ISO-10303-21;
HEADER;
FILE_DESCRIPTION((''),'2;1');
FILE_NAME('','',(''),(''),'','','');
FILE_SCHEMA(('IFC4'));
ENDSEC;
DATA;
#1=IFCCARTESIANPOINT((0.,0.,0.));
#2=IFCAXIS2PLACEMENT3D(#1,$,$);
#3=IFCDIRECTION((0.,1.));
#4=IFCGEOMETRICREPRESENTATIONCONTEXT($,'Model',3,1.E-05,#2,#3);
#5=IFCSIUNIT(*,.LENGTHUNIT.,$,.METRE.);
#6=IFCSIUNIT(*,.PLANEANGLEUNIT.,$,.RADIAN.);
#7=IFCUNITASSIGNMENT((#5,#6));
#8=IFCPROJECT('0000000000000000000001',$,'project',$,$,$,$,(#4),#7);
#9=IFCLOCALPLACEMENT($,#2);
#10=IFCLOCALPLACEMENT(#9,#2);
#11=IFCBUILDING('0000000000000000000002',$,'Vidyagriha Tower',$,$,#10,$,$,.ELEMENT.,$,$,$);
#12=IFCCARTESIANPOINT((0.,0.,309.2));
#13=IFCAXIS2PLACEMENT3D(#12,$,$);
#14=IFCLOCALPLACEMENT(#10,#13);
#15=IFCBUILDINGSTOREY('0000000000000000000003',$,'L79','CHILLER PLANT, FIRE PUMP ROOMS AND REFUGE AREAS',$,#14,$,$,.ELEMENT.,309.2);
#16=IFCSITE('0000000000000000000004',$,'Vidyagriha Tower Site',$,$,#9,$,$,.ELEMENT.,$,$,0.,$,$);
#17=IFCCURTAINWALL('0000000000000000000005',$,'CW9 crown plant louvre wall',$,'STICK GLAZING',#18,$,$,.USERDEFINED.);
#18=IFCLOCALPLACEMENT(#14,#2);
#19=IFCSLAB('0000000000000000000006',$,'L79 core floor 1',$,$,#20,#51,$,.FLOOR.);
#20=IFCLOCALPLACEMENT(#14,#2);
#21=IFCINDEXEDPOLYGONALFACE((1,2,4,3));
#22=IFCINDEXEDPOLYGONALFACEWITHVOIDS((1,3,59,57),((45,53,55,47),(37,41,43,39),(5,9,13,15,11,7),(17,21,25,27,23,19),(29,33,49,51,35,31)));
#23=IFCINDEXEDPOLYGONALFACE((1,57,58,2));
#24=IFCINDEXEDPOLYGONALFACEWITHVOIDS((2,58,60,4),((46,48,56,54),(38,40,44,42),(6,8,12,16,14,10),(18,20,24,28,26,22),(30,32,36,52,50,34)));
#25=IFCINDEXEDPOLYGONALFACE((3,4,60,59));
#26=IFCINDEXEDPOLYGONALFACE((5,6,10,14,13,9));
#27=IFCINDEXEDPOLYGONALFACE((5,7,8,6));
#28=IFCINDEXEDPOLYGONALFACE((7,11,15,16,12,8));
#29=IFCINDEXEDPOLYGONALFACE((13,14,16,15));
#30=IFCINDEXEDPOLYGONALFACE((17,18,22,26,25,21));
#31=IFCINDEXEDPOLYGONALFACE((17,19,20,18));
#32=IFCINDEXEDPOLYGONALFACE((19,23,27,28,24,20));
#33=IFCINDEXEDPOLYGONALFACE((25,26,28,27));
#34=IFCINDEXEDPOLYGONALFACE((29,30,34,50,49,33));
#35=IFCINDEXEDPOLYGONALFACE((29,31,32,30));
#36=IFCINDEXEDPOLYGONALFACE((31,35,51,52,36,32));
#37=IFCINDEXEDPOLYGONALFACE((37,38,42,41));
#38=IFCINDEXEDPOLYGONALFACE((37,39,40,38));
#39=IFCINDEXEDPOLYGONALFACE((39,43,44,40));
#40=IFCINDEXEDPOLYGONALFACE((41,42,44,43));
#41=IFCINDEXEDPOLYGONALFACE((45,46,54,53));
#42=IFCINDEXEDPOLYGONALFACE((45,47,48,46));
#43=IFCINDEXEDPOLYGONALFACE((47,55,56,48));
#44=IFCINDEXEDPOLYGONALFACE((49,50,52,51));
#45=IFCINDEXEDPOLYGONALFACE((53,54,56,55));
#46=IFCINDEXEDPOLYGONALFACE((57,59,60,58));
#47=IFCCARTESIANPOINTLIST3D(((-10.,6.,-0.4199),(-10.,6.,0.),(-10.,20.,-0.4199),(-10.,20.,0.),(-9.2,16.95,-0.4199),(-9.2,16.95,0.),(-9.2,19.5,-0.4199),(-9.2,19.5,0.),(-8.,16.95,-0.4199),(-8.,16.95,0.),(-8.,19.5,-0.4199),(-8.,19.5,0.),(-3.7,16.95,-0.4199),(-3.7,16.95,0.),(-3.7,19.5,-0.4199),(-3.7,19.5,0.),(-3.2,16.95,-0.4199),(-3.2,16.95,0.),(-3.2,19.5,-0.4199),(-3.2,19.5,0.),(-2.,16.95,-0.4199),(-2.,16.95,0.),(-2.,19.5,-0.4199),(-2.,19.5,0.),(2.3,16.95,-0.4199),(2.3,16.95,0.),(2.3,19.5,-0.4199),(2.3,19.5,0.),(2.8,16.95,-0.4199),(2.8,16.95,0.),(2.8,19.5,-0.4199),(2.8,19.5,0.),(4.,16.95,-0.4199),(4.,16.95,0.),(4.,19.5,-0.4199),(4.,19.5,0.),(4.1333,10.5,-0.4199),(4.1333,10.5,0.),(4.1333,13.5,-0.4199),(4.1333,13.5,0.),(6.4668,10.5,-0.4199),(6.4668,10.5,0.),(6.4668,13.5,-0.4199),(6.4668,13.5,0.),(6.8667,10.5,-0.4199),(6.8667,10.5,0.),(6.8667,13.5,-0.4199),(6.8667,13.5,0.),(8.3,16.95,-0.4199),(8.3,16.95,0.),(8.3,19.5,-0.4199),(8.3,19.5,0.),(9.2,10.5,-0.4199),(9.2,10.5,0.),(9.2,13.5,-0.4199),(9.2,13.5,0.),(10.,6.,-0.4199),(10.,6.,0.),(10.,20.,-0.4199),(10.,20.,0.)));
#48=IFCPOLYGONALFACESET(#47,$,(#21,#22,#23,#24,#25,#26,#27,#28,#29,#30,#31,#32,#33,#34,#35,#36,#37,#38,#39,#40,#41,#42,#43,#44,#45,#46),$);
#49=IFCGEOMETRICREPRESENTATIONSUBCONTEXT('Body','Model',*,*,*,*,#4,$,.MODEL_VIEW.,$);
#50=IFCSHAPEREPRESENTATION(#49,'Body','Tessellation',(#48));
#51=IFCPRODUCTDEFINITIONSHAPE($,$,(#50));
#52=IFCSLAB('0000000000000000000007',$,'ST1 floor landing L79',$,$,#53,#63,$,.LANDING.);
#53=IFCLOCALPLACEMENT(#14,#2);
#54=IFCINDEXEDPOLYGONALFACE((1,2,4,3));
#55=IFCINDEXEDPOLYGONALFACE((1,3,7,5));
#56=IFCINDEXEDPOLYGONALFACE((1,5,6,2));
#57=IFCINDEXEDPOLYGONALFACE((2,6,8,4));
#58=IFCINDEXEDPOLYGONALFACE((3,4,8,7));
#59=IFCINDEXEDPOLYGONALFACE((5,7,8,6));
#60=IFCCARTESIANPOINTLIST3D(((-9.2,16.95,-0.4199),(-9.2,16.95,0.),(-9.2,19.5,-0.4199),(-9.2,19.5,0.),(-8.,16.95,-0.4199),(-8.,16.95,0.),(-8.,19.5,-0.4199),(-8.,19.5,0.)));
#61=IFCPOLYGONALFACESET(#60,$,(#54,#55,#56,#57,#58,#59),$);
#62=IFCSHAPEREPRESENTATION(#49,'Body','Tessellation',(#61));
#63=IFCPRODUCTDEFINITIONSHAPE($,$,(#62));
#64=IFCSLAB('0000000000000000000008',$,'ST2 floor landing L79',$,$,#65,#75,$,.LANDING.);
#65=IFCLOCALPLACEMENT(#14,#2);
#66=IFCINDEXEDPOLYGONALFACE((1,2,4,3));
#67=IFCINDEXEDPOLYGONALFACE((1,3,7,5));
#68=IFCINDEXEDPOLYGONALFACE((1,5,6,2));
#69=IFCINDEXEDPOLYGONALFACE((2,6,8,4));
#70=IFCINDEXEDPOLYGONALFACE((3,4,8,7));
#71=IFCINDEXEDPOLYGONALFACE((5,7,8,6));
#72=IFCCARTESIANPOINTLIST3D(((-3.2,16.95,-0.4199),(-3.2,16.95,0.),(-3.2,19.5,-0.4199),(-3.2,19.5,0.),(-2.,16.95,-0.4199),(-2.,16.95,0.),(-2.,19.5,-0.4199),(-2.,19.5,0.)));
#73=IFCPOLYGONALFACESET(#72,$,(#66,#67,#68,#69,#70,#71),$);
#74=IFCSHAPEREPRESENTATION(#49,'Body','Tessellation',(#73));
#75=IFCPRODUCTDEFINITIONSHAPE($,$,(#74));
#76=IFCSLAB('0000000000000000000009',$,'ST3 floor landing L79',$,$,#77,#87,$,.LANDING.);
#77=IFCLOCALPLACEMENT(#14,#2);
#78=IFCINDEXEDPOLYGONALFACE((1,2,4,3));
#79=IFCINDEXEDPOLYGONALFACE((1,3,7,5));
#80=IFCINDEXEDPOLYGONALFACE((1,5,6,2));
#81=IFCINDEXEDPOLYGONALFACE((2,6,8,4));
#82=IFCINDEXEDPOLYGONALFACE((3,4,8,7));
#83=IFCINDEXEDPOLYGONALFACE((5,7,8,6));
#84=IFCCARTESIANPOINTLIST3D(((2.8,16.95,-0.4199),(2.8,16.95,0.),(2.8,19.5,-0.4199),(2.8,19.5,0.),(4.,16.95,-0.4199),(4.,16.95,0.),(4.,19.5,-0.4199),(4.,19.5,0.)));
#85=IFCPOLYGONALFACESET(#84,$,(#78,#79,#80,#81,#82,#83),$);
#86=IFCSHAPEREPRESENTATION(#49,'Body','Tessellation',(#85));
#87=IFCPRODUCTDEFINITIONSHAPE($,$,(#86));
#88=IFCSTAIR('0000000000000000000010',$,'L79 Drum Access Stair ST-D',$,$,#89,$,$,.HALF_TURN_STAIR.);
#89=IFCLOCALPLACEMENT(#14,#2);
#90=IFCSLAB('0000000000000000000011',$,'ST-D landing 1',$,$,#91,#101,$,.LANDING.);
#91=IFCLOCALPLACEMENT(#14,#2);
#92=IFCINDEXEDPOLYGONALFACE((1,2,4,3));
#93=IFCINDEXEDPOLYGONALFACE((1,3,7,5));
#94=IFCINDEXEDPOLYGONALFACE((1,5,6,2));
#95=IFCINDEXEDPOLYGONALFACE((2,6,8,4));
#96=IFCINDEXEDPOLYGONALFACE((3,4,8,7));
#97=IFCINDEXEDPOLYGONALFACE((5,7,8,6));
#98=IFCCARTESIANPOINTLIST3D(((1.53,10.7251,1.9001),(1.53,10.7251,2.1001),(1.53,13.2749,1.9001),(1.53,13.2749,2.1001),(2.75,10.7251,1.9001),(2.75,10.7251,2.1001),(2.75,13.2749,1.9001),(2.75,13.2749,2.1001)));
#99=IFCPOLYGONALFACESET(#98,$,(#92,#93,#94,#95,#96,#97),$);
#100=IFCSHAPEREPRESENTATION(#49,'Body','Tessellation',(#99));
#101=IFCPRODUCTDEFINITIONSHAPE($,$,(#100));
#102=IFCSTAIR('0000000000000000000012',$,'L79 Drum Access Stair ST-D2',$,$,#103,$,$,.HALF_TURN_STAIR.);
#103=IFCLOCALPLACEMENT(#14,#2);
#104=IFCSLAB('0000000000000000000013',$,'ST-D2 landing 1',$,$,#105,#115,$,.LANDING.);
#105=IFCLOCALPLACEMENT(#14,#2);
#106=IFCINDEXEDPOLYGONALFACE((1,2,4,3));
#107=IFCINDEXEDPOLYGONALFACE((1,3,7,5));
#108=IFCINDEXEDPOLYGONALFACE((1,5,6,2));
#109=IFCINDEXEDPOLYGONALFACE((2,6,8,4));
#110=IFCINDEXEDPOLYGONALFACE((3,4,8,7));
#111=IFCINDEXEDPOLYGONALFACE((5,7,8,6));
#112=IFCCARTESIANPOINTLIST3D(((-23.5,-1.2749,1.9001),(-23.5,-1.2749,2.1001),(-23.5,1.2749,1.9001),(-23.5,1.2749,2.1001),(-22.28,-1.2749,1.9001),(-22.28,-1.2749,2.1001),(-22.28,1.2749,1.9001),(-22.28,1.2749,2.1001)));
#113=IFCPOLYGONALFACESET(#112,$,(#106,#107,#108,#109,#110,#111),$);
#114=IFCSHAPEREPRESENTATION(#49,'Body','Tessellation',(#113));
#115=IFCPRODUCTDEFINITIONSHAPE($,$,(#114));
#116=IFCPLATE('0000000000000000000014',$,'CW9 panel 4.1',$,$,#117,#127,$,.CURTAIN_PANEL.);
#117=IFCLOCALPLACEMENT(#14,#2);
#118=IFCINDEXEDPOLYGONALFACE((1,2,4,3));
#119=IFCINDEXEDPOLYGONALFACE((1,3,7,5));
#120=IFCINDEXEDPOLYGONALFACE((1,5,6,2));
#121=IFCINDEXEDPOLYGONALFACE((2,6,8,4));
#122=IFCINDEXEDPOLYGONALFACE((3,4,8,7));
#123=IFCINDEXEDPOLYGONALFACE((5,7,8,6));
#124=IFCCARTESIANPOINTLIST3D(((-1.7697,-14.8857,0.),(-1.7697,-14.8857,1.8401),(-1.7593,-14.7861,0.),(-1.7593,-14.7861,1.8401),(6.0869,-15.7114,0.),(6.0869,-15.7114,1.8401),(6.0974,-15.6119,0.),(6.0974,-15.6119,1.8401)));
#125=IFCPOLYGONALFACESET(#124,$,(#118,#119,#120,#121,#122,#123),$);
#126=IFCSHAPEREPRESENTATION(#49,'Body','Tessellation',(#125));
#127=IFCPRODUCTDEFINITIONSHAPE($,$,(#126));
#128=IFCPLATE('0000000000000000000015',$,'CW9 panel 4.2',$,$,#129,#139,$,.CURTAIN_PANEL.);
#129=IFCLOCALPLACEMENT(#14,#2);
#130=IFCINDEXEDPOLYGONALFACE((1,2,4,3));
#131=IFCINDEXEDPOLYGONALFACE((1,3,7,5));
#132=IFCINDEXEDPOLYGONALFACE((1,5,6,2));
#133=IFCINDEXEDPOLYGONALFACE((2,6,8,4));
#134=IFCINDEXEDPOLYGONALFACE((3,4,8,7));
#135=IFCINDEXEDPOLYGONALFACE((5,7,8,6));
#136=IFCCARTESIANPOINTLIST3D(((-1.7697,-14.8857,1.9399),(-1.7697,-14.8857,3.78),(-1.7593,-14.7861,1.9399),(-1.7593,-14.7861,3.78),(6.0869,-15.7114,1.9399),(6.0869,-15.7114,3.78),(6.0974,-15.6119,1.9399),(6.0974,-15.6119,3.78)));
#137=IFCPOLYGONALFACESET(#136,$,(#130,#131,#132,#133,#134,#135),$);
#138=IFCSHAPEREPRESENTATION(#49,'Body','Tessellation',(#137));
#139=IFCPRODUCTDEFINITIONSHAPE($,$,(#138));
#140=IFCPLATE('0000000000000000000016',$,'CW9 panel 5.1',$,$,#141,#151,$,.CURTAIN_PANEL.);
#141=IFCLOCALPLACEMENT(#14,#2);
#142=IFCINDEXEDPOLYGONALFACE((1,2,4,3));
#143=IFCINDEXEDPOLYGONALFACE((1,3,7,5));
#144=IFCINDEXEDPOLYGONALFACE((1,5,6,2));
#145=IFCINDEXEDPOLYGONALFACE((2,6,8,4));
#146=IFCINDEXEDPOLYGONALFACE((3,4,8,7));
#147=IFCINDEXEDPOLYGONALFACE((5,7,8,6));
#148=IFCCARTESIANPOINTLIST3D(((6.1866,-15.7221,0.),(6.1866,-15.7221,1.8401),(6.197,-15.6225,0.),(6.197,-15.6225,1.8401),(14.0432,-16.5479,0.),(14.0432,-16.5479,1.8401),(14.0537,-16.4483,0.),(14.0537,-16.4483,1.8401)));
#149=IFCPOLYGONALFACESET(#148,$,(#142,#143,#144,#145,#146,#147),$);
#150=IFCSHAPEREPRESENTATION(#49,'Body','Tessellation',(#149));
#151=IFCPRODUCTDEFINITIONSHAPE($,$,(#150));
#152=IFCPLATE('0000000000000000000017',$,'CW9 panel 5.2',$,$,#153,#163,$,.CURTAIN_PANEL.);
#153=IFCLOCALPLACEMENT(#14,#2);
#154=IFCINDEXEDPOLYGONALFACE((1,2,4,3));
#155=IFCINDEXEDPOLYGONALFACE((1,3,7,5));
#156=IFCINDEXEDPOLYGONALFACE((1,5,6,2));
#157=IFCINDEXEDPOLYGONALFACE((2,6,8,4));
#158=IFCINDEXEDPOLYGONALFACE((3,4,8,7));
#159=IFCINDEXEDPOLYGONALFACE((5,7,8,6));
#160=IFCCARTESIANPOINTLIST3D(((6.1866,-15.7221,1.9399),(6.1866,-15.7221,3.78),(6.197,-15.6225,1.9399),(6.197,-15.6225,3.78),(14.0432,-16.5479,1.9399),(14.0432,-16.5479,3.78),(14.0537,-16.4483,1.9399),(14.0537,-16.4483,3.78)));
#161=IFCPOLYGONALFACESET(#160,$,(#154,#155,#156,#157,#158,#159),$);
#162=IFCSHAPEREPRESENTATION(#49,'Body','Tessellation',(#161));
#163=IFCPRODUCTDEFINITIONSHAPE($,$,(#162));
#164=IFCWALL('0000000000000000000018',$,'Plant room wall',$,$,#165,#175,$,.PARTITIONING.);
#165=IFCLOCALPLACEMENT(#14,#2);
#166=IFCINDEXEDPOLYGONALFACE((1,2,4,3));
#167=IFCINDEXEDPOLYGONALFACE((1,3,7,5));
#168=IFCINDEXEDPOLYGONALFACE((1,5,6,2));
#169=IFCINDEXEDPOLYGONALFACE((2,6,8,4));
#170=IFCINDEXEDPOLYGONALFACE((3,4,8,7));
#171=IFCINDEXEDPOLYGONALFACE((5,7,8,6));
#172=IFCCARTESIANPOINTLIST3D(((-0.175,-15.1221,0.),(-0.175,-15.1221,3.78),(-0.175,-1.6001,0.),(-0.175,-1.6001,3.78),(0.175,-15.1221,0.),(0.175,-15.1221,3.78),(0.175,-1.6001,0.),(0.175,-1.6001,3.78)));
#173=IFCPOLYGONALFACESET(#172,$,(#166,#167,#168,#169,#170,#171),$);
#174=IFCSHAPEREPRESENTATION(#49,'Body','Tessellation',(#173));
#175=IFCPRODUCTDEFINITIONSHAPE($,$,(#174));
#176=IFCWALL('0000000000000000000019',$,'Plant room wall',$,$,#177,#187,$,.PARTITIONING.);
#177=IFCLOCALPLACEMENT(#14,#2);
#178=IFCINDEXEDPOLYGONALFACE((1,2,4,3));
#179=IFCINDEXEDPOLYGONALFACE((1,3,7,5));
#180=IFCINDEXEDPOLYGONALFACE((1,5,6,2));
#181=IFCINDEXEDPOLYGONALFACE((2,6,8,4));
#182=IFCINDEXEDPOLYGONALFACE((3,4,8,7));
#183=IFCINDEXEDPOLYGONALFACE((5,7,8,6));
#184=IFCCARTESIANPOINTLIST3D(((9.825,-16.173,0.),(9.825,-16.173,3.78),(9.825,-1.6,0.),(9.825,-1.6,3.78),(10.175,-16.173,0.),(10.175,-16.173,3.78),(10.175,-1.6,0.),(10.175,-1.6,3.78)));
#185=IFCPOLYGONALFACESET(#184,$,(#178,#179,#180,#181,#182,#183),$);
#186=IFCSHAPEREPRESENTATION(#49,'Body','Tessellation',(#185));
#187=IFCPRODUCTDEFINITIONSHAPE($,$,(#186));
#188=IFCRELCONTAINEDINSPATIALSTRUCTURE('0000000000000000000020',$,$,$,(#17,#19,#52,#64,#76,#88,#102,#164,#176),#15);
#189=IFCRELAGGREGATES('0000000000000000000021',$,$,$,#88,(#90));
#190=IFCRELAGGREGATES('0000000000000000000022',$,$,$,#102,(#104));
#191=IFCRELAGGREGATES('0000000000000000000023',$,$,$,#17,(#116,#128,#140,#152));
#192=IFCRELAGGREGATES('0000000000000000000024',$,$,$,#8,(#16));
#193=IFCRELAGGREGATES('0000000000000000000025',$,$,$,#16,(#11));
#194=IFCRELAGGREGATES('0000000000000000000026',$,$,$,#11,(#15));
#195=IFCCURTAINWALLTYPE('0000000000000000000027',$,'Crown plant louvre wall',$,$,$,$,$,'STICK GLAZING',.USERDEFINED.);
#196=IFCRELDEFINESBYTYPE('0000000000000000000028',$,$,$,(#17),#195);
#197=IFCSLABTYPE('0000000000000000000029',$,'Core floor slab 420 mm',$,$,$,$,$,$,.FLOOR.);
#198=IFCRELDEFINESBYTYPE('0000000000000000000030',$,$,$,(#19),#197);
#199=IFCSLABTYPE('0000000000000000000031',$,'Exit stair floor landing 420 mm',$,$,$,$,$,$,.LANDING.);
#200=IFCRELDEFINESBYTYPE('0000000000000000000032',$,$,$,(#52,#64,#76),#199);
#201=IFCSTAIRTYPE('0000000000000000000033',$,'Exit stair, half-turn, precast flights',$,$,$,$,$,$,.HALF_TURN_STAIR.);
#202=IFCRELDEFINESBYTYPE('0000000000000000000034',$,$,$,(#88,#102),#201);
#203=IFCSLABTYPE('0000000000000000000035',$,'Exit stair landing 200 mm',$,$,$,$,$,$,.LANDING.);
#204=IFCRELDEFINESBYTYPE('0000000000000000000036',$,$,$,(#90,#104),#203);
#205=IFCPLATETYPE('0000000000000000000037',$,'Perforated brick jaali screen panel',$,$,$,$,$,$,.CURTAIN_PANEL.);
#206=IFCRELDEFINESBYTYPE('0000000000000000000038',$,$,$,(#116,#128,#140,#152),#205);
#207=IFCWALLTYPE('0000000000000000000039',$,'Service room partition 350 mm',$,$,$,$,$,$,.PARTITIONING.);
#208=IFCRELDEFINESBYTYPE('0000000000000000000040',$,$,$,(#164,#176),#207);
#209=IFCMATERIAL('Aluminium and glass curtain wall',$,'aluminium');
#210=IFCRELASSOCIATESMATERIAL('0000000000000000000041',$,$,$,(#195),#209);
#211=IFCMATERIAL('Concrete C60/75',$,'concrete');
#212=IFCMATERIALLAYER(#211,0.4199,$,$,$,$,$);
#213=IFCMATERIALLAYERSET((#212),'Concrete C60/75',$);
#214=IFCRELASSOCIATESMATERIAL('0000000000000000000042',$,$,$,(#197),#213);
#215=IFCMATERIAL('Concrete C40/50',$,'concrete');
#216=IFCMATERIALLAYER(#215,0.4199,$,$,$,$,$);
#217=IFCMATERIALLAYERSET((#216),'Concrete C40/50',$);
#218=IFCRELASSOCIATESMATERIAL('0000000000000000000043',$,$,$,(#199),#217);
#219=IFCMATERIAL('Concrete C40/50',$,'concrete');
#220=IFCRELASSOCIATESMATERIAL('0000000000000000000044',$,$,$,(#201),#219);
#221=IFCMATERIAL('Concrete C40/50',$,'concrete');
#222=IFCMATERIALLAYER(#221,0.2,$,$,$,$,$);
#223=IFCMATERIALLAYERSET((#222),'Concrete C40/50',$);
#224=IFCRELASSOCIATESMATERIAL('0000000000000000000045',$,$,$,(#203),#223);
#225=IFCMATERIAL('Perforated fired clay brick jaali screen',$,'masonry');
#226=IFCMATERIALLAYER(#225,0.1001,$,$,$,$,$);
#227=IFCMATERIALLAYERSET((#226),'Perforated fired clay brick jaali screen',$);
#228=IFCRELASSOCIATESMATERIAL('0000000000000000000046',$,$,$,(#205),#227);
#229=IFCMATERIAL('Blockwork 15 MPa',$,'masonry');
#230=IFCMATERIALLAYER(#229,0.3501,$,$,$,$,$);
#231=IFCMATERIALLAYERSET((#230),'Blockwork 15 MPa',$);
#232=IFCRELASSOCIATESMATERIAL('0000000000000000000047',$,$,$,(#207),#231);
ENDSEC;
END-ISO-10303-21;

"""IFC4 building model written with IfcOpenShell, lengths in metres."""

from ifc_helpers import new_model, si_unit, direction, frame, frame_2d, origin, origin_2d, place, context, subcontext, project, spatial, polyline, rectangle, outline, extrude, material, layer, layer_set, type_object, element, aggregate, save


model = new_model("IFC4")

# Units and contexts
model_context = context("Model", 3, precision=1e-05, world=origin(), true_north=direction((0.0, 1.0)))
body_context = subcontext(model_context, "Body", "Model", "MODEL_VIEW")
ifc_project = project(units=[si_unit("LENGTHUNIT", "METRE"), si_unit("PLANEANGLEUNIT", "RADIAN")], contexts=[model_context])

# Site, building, storey
site_placement = place(None, origin())
site = spatial("IfcSite", under=ifc_project, at=site_placement, Name="Vidyagriha Tower Site", CompositionType="ELEMENT", RefElevation=0.0)
building_placement = place(site_placement, origin())
building = spatial("IfcBuilding", under=site, at=building_placement, Name="Vidyagriha Tower", CompositionType="ELEMENT")
storey_placement = place(building_placement, frame((0.0, 0.0, 309.2)))
storey = spatial("IfcBuildingStorey", under=building, at=storey_placement, Name="L79", Description="CHILLER PLANT, FIRE PUMP ROOMS AND REFUGE AREAS", CompositionType="ELEMENT", Elevation=309.2)

# Curtain wall
ifc_material_1 = material(Name="Aluminium and glass curtain wall", Category="aluminium")
curtain_wall_type = type_object("IfcCurtainWallType", Name="Crown plant louvre wall", ElementType="STICK GLAZING", PredefinedType="USERDEFINED", material=ifc_material_1)
curtain_wall_placement = place(storey_placement, origin())
curtain_wall = element("IfcCurtainWall", 1, at=curtain_wall_placement, inside=storey, type_object=curtain_wall_type, Name="CW9 crown plant louvre wall", ObjectType="STICK GLAZING", PredefinedType="USERDEFINED")

# Slabs
ifc_material_2 = material(Name="Concrete C60/75", Category="concrete")
ifc_layer_1 = layer(ifc_material_2, 0.4199)
ifc_layer_set_1 = layer_set([ifc_layer_1], Name="Concrete C60/75")
slab_type_1 = type_object("IfcSlabType", Name="Core floor slab 420 mm", PredefinedType="FLOOR", material=ifc_layer_set_1)
slab_1_placement = place(storey_placement, frame((0.0, 0.0, -0.4199)))
element("IfcSlab", 2, at=slab_1_placement, inside=storey, type_object=slab_type_1, Name="L79 core floor 1", PredefinedType="FLOOR", context=body_context, shape_type="SweptSolid", body=[
    extrude(outline(polyline([(-10.0, 6.0), (-10.0, 20.0), (10.0, 20.0), (10.0, 6.0), (-10.0, 6.0)]), holes=[polyline([(6.8667, 13.5), (6.8667, 10.5), (9.2, 10.5), (9.2, 13.5), (6.8667, 13.5)]), polyline([(2.8, 19.5), (2.8, 16.95), (4.0, 16.95), (8.3, 16.95), (8.3, 19.5), (4.0, 19.5), (2.8, 19.5)]), polyline([(4.1333, 13.5), (4.1333, 10.5), (6.4668, 10.5), (6.4668, 13.5), (4.1333, 13.5)]), polyline([(-3.2, 19.5), (-3.2, 16.95), (-2.0, 16.95), (2.3, 16.95), (2.3, 19.5), (-2.0, 19.5), (-3.2, 19.5)]), polyline([(-9.2, 19.5), (-9.2, 16.95), (-8.0, 16.95), (-3.7, 16.95), (-3.7, 19.5), (-8.0, 19.5), (-9.2, 19.5)])]), origin(), (0.0, 0.0, 1.0), 0.4199),
])
ifc_material_3 = material(Name="Concrete C40/50", Category="concrete")
ifc_layer_2 = layer(ifc_material_3, 0.4199)
ifc_layer_set_2 = layer_set([ifc_layer_2], Name="Concrete C40/50")
slab_type_2 = type_object("IfcSlabType", Name="Exit stair floor landing 420 mm", PredefinedType="LANDING", material=ifc_layer_set_2)
slab_2_placement = place(storey_placement, frame((0.0, 0.0, -0.4199)))
element("IfcSlab", 3, at=slab_2_placement, inside=storey, type_object=slab_type_2, Name="ST1 floor landing L79", PredefinedType="LANDING", context=body_context, shape_type="SweptSolid", body=[
    extrude(outline(polyline([(-9.2, 16.95), (-8.0, 16.95), (-8.0, 19.5), (-9.2, 19.5), (-9.2, 16.95)])), origin(), (0.0, 0.0, 1.0), 0.4199),
])
slab_3_placement = place(storey_placement, frame((0.0, 0.0, -0.4199)))
element("IfcSlab", 4, at=slab_3_placement, inside=storey, type_object=slab_type_2, Name="ST2 floor landing L79", PredefinedType="LANDING", context=body_context, shape_type="SweptSolid", body=[
    extrude(outline(polyline([(-3.2, 16.95), (-2.0, 16.95), (-2.0, 19.5), (-3.2, 19.5), (-3.2, 16.95)])), origin(), (0.0, 0.0, 1.0), 0.4199),
])
slab_4_placement = place(storey_placement, frame((0.0, 0.0, -0.4199)))
element("IfcSlab", 5, at=slab_4_placement, inside=storey, type_object=slab_type_2, Name="ST3 floor landing L79", PredefinedType="LANDING", context=body_context, shape_type="SweptSolid", body=[
    extrude(outline(polyline([(2.8, 16.95), (4.0, 16.95), (4.0, 19.5), (2.8, 19.5), (2.8, 16.95)])), origin(), (0.0, 0.0, 1.0), 0.4199),
])

# Stairs, slabs
ifc_material_4 = material(Name="Concrete C40/50", Category="concrete")
stair_type = type_object("IfcStairType", Name="Exit stair, half-turn, precast flights", PredefinedType="HALF_TURN_STAIR", material=ifc_material_4)
stair_1_placement = place(storey_placement, origin())
stair_1 = element("IfcStair", 6, at=stair_1_placement, inside=storey, type_object=stair_type, Name="L79 Drum Access Stair ST-D", PredefinedType="HALF_TURN_STAIR")
ifc_material_5 = material(Name="Concrete C40/50", Category="concrete")
ifc_layer_3 = layer(ifc_material_5, 0.2)
ifc_layer_set_3 = layer_set([ifc_layer_3], Name="Concrete C40/50")
slab_type_3 = type_object("IfcSlabType", Name="Exit stair landing 200 mm", PredefinedType="LANDING", material=ifc_layer_set_3)
slab_5_placement = place(storey_placement, frame((0.0, 0.0, 1.9001)))
slab_5 = element("IfcSlab", 7, at=slab_5_placement, type_object=slab_type_3, Name="ST-D landing 1", PredefinedType="LANDING", context=body_context, shape_type="SweptSolid", body=[
    extrude(outline(polyline([(1.53, 10.7251), (2.75, 10.7251), (2.75, 13.2749), (1.53, 13.2749), (1.53, 10.7251)])), origin(), (0.0, 0.0, 1.0), 0.2),
])
aggregate(stair_1, [slab_5])
stair_2_placement = place(storey_placement, origin())
stair_2 = element("IfcStair", 8, at=stair_2_placement, inside=storey, type_object=stair_type, Name="L79 Drum Access Stair ST-D2", PredefinedType="HALF_TURN_STAIR")
slab_6_placement = place(storey_placement, frame((0.0, 0.0, 1.9001)))
slab_6 = element("IfcSlab", 9, at=slab_6_placement, type_object=slab_type_3, Name="ST-D2 landing 1", PredefinedType="LANDING", context=body_context, shape_type="SweptSolid", body=[
    extrude(outline(polyline([(-22.28, 1.2749), (-23.5, 1.2749), (-23.5, -1.2749), (-22.28, -1.2749), (-22.28, 1.2749)])), origin(), (0.0, 0.0, 1.0), 0.2),
])
aggregate(stair_2, [slab_6])

# Plates
ifc_material_6 = material(Name="Perforated fired clay brick jaali screen", Category="masonry")
ifc_layer_4 = layer(ifc_material_6, 0.1001)
ifc_layer_set_4 = layer_set([ifc_layer_4], Name="Perforated fired clay brick jaali screen")
plate_type = type_object("IfcPlateType", Name="Perforated brick jaali screen panel", PredefinedType="CURTAIN_PANEL", material=ifc_layer_set_4)
plate_1_placement = place(storey_placement, frame((2.1638, -15.2488, 0.0), z_axis=(0.0, 0.0, 1.0), x_axis=(0.994522, -0.104528, 0.0)))
plate_1 = element("IfcPlate", 10, at=plate_1_placement, type_object=plate_type, Name="CW9 panel 4.1", PredefinedType="CURTAIN_PANEL", context=body_context, shape_type="SweptSolid", body=[
    extrude(rectangle(XDim=7.8999, YDim=0.1001, at=origin_2d()), origin(), (0.0, 0.0, 1.0), 1.8401),
])
plate_2_placement = place(storey_placement, frame((2.1638, -15.2488, 1.9399), z_axis=(0.0, 0.0, 1.0), x_axis=(0.994522, -0.104528, 0.0)))
plate_2 = element("IfcPlate", 11, at=plate_2_placement, type_object=plate_type, Name="CW9 panel 4.2", PredefinedType="CURTAIN_PANEL", context=body_context, shape_type="SweptSolid", body=[
    extrude(rectangle(XDim=7.8999, YDim=0.1001, at=origin_2d()), origin(), (0.0, 0.0, 1.0), 1.8401),
])
plate_3_placement = place(storey_placement, frame((10.1201, -16.0852, 0.0), z_axis=(0.0, 0.0, 1.0), x_axis=(0.994522, -0.104528, 0.0)))
plate_3 = element("IfcPlate", 12, at=plate_3_placement, type_object=plate_type, Name="CW9 panel 5.1", PredefinedType="CURTAIN_PANEL", context=body_context, shape_type="SweptSolid", body=[
    extrude(rectangle(XDim=7.8999, YDim=0.1001, at=origin_2d()), origin(), (0.0, 0.0, 1.0), 1.8401),
])
plate_4_placement = place(storey_placement, frame((10.1201, -16.0852, 1.9399), z_axis=(0.0, 0.0, 1.0), x_axis=(0.994522, -0.104528, 0.0)))
plate_4 = element("IfcPlate", 13, at=plate_4_placement, type_object=plate_type, Name="CW9 panel 5.2", PredefinedType="CURTAIN_PANEL", context=body_context, shape_type="SweptSolid", body=[
    extrude(rectangle(XDim=7.8999, YDim=0.1001, at=origin_2d()), origin(), (0.0, 0.0, 1.0), 1.8401),
])
aggregate(curtain_wall, [plate_1, plate_2, plate_3, plate_4])

# Walls
ifc_material_7 = material(Name="Blockwork 15 MPa", Category="masonry")
ifc_layer_5 = layer(ifc_material_7, 0.3501)
ifc_layer_set_5 = layer_set([ifc_layer_5], Name="Blockwork 15 MPa")
wall_type = type_object("IfcWallType", Name="Service room partition 350 mm", PredefinedType="PARTITIONING", material=ifc_layer_set_5)
wall_1_placement = place(storey_placement, frame((0.0, -15.1221, 0.0), z_axis=(0.0, 0.0, 1.0), x_axis=(0.0, 1.0, 0.0)))
element("IfcWall", 14, at=wall_1_placement, inside=storey, type_object=wall_type, Name="Plant room wall", PredefinedType="PARTITIONING", context=body_context, shape_type="SweptSolid", body=[
    extrude(rectangle(XDim=13.522, YDim=0.3501, at=frame_2d((6.761, 0.0))), origin(), (0.0, 0.0, 1.0), 3.78),
])
wall_2_placement = place(storey_placement, frame((10.0, -16.1731, 0.0), z_axis=(0.0, 0.0, 1.0), x_axis=(0.0, 1.0, 0.0)))
element("IfcWall", 15, at=wall_2_placement, inside=storey, type_object=wall_type, Name="Plant room wall", PredefinedType="PARTITIONING", context=body_context, shape_type="SweptSolid", body=[
    extrude(rectangle(XDim=14.573, YDim=0.3501, at=frame_2d((7.2866, 0.0))), origin(), (0.0, 0.0, 1.0), 3.78),
])

save(model, "model.ifc")
